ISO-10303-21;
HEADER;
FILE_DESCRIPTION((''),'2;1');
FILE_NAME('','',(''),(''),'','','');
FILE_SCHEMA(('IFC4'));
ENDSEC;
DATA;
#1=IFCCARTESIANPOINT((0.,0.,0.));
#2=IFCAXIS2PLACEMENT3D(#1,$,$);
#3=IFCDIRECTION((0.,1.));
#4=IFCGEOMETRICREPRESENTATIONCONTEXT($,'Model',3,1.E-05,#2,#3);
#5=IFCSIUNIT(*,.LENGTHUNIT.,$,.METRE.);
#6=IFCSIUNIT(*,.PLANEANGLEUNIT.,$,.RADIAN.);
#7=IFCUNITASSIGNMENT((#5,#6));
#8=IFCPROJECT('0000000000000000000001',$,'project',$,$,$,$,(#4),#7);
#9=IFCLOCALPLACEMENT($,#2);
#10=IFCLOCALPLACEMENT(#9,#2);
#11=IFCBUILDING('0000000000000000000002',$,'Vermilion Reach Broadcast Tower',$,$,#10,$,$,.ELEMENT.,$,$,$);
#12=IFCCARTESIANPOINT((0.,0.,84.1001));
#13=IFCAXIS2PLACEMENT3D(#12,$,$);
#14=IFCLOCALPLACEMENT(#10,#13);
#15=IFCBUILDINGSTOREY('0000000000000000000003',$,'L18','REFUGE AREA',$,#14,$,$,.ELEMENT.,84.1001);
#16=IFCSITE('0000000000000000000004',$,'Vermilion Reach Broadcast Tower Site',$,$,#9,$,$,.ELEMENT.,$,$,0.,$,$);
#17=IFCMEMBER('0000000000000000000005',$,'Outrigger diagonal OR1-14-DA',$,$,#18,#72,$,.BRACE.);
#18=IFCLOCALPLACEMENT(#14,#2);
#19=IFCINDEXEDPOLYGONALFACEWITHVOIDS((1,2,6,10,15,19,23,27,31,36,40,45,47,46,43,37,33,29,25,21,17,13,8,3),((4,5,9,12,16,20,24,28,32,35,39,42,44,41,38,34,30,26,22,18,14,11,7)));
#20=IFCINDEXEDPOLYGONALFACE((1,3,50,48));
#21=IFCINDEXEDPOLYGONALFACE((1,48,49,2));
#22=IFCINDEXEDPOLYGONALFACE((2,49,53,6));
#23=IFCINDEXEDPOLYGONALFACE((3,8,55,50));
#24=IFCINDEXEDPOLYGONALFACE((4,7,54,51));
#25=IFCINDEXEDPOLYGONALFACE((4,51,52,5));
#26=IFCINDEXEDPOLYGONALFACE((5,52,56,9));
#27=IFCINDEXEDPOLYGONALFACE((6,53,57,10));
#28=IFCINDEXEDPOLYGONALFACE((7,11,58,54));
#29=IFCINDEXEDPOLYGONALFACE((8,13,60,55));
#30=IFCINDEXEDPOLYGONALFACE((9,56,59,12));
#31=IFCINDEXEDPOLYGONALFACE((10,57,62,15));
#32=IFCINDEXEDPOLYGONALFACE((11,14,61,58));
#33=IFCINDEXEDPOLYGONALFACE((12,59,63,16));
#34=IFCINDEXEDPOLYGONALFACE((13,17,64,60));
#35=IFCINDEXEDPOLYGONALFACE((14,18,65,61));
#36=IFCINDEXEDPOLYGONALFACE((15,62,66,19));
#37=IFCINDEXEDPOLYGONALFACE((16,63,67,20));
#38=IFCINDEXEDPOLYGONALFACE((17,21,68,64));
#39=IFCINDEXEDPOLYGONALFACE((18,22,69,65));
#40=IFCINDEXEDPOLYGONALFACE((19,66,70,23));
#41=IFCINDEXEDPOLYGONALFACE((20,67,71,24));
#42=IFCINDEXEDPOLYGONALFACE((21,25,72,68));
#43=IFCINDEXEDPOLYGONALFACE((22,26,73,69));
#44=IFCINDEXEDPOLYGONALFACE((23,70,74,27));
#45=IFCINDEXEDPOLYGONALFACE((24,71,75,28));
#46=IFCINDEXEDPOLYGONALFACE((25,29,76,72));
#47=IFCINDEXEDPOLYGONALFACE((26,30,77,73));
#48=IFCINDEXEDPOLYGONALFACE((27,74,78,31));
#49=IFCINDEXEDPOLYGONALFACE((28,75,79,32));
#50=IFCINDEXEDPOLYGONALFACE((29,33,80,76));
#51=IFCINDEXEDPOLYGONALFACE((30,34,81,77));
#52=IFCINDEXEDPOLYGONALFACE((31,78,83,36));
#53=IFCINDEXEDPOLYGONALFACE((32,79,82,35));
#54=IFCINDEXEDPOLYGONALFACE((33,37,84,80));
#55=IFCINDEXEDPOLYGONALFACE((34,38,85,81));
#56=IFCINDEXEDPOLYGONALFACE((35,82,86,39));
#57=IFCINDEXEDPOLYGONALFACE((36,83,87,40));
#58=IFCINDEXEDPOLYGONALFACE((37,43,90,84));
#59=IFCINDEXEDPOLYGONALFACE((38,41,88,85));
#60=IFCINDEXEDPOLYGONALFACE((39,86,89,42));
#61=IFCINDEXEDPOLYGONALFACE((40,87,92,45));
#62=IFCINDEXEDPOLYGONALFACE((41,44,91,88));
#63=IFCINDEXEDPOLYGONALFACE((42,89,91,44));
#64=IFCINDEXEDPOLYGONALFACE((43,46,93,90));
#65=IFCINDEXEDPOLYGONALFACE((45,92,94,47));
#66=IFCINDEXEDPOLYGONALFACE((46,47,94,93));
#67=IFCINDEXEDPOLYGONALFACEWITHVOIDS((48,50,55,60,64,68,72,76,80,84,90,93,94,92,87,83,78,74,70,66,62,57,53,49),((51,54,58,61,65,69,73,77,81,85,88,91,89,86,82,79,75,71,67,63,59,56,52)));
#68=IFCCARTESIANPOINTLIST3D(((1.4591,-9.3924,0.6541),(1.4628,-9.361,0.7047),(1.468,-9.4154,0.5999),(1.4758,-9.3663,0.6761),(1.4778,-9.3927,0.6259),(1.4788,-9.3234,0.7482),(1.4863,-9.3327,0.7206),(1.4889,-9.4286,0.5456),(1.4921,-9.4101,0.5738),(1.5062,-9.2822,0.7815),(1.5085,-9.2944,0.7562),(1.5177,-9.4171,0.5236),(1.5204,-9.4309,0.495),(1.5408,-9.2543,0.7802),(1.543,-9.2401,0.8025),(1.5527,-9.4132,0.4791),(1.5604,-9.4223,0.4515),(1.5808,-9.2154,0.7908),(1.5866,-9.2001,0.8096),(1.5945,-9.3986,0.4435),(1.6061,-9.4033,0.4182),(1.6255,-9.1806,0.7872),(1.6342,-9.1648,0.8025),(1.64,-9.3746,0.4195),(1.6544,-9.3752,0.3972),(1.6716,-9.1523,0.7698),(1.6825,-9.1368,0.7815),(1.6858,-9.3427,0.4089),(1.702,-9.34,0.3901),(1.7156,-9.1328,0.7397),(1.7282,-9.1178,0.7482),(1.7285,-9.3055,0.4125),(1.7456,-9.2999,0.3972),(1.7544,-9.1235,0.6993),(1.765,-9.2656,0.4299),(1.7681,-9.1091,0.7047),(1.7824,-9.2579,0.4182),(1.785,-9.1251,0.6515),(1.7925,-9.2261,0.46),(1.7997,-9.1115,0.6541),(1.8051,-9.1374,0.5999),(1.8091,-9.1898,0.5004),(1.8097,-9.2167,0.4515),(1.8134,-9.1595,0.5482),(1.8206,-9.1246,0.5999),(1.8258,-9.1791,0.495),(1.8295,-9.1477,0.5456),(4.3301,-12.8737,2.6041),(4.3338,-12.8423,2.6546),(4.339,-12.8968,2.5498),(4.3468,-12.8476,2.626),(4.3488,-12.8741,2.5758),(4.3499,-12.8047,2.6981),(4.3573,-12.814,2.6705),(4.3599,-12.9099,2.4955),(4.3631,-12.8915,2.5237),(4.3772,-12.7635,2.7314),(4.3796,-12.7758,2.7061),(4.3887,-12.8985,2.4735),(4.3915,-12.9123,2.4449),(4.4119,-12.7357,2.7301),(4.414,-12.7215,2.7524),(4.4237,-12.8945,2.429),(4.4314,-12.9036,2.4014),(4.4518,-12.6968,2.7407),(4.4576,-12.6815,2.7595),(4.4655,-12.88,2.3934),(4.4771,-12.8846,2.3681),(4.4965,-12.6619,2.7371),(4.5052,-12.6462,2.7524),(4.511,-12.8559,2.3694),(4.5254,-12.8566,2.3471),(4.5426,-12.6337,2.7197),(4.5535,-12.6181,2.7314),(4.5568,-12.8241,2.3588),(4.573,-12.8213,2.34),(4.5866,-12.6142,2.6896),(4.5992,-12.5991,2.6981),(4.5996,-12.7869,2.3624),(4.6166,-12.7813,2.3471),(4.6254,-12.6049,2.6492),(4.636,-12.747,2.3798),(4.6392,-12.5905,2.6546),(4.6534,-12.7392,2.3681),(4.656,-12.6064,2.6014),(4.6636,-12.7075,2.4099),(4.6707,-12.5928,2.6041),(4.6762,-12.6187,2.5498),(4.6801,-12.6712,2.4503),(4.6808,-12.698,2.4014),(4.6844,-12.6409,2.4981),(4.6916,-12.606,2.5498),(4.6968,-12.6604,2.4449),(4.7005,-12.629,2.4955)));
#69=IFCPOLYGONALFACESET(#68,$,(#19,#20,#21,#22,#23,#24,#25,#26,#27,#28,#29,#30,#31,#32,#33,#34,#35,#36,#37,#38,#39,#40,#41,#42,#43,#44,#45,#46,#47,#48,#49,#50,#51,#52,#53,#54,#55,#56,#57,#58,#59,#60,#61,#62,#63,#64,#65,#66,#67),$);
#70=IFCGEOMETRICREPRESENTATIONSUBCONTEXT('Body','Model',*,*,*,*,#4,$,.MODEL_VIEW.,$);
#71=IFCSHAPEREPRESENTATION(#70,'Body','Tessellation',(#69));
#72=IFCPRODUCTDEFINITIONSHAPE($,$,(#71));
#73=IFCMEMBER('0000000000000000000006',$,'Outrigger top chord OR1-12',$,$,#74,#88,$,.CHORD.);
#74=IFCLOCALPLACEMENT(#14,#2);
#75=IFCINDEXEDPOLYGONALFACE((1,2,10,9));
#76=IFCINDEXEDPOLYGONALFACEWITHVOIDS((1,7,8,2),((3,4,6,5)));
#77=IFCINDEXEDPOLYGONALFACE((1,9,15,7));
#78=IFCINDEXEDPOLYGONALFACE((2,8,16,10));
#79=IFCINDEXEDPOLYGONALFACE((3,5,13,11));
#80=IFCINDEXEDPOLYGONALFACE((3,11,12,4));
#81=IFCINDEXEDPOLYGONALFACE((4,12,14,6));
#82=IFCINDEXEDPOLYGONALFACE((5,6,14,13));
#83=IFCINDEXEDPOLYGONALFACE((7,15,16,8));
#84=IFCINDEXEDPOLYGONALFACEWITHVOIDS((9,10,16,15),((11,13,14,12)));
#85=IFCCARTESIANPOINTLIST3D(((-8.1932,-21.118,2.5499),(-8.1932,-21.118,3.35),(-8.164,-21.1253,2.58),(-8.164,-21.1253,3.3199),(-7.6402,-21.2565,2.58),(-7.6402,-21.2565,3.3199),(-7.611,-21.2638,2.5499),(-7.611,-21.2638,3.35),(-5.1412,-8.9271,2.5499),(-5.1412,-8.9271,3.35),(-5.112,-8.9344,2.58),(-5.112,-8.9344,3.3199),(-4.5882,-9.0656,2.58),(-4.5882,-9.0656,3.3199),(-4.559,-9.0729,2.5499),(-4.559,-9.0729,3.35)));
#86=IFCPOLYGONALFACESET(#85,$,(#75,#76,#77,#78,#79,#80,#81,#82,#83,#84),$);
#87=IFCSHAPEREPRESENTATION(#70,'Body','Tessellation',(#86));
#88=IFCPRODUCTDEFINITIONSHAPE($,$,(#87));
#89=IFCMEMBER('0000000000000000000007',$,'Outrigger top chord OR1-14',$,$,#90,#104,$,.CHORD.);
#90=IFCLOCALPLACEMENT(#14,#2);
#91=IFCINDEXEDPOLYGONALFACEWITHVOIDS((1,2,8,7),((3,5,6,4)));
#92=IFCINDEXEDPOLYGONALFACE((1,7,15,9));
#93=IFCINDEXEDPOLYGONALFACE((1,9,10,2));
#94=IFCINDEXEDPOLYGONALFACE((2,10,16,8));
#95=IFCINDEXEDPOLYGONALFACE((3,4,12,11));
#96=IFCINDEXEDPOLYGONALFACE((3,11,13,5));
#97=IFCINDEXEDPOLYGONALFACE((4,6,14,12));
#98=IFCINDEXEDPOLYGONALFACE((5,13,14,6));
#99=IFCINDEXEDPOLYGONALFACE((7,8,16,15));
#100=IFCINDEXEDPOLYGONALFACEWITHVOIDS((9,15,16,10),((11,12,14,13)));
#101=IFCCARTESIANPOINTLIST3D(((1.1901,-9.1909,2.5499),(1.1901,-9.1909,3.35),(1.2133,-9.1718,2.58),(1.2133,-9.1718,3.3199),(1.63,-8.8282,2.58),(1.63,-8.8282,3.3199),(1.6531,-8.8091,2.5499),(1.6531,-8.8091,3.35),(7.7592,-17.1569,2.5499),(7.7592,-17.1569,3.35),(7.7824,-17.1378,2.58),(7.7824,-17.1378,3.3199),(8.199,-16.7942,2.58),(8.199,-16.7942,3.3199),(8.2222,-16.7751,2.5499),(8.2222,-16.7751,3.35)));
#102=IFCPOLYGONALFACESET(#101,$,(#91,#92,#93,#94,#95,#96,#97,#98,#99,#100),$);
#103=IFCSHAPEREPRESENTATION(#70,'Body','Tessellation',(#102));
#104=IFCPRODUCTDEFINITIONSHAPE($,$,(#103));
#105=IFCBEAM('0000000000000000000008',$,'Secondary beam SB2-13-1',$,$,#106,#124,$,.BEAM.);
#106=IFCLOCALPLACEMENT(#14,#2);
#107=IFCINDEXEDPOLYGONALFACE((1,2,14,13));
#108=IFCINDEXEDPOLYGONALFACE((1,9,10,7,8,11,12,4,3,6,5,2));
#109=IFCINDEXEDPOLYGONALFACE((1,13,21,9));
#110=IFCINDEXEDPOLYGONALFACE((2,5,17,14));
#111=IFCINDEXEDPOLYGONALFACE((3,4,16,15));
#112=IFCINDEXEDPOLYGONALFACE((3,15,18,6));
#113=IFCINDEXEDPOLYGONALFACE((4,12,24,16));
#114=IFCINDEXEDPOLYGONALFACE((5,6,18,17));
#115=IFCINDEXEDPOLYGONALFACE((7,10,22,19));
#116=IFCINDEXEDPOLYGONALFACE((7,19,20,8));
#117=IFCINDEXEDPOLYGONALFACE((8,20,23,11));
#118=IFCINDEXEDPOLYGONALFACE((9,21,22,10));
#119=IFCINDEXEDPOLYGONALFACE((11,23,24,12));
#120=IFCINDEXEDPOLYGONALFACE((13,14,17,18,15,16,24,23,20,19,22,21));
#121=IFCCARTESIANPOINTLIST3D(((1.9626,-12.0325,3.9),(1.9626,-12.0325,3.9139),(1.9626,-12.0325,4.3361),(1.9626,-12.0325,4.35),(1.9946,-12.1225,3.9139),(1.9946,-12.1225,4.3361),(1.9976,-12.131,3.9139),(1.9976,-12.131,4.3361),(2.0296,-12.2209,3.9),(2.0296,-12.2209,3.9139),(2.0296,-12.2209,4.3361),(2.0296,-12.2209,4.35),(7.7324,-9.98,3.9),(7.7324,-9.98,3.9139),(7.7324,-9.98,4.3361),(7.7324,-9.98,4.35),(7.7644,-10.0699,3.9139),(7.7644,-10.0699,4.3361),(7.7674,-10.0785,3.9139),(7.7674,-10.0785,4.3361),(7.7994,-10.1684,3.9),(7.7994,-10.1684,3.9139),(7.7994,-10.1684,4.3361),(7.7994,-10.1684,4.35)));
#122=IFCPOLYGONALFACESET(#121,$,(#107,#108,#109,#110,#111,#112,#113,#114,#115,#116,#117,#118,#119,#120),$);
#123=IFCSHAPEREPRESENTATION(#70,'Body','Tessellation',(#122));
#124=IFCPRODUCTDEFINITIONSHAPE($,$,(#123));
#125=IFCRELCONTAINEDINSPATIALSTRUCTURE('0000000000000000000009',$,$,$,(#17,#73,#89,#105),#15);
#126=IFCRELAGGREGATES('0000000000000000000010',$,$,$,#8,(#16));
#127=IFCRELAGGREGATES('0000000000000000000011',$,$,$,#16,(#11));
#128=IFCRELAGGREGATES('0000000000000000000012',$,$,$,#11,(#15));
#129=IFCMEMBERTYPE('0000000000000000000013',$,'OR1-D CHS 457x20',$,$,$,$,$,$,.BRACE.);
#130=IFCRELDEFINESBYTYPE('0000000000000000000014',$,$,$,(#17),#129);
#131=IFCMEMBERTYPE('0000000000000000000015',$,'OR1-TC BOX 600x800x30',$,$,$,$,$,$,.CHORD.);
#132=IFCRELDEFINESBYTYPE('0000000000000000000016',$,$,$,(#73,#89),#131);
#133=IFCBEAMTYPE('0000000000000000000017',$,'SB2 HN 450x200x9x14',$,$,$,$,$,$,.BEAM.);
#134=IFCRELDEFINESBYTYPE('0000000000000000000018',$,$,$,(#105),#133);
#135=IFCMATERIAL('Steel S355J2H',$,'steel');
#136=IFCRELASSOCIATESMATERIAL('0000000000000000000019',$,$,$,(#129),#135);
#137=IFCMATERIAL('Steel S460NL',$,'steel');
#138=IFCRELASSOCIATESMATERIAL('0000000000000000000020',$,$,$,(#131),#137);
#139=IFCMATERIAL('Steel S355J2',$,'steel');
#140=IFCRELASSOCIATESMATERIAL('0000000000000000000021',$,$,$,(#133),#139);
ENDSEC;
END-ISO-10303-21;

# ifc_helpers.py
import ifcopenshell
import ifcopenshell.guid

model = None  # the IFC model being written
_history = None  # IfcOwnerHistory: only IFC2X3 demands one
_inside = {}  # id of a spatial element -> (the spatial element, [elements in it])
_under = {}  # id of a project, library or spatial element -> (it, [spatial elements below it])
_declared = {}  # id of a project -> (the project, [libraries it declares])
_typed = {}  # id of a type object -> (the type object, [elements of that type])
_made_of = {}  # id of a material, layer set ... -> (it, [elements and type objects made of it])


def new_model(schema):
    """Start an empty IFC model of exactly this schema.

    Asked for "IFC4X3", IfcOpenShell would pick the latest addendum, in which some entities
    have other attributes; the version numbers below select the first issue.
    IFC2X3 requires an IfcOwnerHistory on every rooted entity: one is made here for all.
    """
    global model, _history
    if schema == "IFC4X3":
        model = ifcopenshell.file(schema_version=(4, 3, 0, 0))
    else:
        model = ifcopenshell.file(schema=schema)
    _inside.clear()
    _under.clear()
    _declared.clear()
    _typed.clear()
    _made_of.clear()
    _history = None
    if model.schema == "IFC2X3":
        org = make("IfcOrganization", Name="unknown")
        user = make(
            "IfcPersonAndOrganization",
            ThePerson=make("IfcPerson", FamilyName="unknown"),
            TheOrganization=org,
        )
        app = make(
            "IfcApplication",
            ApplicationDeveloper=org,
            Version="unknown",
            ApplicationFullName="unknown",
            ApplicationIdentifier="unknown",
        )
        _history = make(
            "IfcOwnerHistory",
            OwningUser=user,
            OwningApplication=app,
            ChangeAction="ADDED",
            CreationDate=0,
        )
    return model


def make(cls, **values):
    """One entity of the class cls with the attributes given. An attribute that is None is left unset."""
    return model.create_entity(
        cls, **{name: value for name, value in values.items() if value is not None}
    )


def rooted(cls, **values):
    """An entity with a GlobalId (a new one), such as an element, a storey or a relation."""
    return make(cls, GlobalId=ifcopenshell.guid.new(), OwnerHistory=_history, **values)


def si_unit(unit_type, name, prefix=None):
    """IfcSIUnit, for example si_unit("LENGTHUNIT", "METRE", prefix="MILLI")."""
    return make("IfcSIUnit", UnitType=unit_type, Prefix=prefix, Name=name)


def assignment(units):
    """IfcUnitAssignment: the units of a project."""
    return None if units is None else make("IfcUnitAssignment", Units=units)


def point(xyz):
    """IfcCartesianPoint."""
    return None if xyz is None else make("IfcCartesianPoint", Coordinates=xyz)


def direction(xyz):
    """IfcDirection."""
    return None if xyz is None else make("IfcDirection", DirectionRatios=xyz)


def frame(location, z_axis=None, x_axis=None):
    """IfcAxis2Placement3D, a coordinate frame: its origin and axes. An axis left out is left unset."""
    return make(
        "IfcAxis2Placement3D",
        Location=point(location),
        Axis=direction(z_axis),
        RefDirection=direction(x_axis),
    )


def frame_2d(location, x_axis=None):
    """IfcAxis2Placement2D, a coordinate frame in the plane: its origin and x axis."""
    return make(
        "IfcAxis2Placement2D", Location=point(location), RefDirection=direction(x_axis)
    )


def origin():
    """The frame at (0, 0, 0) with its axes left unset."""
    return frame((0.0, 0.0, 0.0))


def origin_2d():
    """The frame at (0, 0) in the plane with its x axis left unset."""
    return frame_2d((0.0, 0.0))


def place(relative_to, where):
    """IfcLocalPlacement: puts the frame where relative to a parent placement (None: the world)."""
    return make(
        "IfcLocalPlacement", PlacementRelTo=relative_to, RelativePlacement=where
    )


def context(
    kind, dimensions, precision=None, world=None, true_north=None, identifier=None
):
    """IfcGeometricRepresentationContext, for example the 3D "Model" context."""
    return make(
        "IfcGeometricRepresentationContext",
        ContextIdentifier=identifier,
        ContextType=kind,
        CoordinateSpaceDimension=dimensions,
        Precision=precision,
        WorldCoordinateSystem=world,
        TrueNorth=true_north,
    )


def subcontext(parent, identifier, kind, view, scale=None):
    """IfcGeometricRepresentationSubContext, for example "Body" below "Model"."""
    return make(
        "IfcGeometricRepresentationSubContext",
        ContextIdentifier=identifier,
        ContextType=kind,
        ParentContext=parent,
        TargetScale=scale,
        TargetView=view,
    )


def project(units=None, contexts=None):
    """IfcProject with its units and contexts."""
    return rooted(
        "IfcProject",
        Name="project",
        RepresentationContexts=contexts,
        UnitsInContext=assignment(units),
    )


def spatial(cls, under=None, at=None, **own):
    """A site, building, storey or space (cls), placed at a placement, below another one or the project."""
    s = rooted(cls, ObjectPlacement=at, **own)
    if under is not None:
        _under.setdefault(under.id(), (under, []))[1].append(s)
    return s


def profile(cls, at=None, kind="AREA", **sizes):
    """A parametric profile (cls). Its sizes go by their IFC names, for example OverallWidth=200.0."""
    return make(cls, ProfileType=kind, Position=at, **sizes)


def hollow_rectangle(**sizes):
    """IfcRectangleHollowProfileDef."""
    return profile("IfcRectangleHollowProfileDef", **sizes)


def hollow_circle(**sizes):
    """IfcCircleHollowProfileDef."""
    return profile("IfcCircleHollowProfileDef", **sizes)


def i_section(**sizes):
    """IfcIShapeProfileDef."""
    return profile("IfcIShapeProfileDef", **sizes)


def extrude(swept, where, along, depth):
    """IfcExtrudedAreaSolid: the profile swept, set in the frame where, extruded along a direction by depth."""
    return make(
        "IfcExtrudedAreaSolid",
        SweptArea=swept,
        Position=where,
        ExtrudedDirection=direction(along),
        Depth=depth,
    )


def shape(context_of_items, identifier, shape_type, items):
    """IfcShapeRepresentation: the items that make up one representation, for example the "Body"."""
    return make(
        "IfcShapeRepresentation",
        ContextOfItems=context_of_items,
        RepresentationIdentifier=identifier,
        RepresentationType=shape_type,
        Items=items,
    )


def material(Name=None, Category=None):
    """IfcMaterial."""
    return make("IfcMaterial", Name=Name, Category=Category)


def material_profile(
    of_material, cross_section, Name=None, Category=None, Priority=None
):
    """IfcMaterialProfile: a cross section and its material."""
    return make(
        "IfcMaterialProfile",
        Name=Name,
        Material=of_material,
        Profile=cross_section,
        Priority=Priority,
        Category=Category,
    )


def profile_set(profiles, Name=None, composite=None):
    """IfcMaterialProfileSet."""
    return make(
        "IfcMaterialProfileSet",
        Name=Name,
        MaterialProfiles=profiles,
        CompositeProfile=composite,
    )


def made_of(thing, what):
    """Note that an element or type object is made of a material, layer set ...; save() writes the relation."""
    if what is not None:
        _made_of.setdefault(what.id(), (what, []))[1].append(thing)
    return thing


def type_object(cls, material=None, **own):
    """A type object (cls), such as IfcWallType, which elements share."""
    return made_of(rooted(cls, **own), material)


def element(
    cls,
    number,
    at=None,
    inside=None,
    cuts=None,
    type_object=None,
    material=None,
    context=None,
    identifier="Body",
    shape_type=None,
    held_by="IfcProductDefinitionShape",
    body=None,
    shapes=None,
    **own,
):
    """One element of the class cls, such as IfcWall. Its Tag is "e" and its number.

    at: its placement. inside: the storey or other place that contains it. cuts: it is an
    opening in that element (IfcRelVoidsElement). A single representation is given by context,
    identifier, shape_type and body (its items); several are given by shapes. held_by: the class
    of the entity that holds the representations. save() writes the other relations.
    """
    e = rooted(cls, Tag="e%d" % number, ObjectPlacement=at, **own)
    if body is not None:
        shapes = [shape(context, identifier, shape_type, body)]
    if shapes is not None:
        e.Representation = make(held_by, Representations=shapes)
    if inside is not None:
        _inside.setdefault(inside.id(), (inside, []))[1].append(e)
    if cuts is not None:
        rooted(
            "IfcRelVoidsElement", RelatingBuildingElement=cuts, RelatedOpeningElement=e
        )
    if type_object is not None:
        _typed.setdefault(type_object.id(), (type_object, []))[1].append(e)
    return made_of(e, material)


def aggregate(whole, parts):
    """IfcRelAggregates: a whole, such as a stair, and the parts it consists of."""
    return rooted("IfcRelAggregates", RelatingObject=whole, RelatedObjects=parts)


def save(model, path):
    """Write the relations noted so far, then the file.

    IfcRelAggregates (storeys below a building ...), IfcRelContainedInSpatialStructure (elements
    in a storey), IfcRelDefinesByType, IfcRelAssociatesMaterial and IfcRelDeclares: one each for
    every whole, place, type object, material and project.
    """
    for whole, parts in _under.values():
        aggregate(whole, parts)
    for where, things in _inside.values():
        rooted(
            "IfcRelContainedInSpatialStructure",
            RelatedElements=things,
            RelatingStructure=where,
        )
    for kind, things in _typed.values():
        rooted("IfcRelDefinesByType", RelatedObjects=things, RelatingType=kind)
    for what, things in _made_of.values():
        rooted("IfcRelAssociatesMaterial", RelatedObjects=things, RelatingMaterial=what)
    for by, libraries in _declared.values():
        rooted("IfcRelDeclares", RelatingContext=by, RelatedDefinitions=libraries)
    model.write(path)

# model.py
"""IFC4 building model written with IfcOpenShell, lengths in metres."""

from ifc_helpers import new_model, si_unit, direction, frame, origin, origin_2d, place, context, subcontext, project, spatial, hollow_rectangle, hollow_circle, i_section, extrude, material, material_profile, profile_set, type_object, element, save


model = new_model("IFC4")

# Units and contexts
model_context = context("Model", 3, precision=1e-05, world=origin(), true_north=direction((0.0, 1.0)))
body_context = subcontext(model_context, "Body", "Model", "MODEL_VIEW")
ifc_project = project(units=[si_unit("LENGTHUNIT", "METRE"), si_unit("PLANEANGLEUNIT", "RADIAN")], contexts=[model_context])

# Site, building, storey
site_placement = place(None, origin())
site = spatial("IfcSite", under=ifc_project, at=site_placement, Name="Vermilion Reach Broadcast Tower Site", CompositionType="ELEMENT", RefElevation=0.0)
building_placement = place(site_placement, origin())
building = spatial("IfcBuilding", under=site, at=building_placement, Name="Vermilion Reach Broadcast Tower", CompositionType="ELEMENT")
storey_placement = place(building_placement, frame((0.0, 0.0, 84.1001)))
storey = spatial("IfcBuildingStorey", under=building, at=storey_placement, Name="L18", Description="REFUGE AREA", CompositionType="ELEMENT", Elevation=84.1001)

# Members
ifc_material_1 = material(Name="Steel S355J2H", Category="steel")
ifc_material_profile_1 = material_profile(ifc_material_1, hollow_circle(Radius=0.2285, WallThickness=0.02, at=origin_2d()), Name="S355J2H CHS 457x20")
ifc_profile_set_1 = profile_set([ifc_material_profile_1], Name="Steel S355J2H")
member_type_1 = type_object("IfcMemberType", Name="OR1-D CHS 457x20", PredefinedType="BRACE", material=ifc_profile_set_1)
member_1_placement = place(storey_placement, frame((1.6443, -9.27, 0.5999), z_axis=(0.584044, -0.708203, 0.396663), x_axis=(0.771493, 0.636238, 0.0)))
element("IfcMember", 1, at=member_1_placement, inside=storey, type_object=member_type_1, Name="Outrigger diagonal OR1-14-DA", PredefinedType="BRACE", context=body_context, shape_type="SweptSolid", body=[
    extrude(hollow_circle(Radius=0.2285, WallThickness=0.02, at=origin_2d()), origin(), (0.0, 0.0, 1.0), 4.9158),
])
ifc_material_2 = material(Name="Steel S460NL", Category="steel")
ifc_material_profile_2 = material_profile(ifc_material_2, hollow_rectangle(XDim=0.6001, YDim=0.8, WallThickness=0.03, at=origin_2d()), Name="S460NL BOX 600x800x30")
ifc_profile_set_2 = profile_set([ifc_material_profile_2], Name="Steel S460NL")
member_type_2 = type_object("IfcMemberType", Name="OR1-TC BOX 600x800x30", PredefinedType="CHORD", material=ifc_profile_set_2)
member_2_placement = place(storey_placement, frame((-4.8501, -9.0, 2.95), z_axis=(-0.242856, -0.970062, 0.0), x_axis=(0.970062, -0.242856, 0.0)))
element("IfcMember", 2, at=member_2_placement, inside=storey, type_object=member_type_2, Name="Outrigger top chord OR1-12", PredefinedType="CHORD", context=body_context, shape_type="SweptSolid", body=[
    extrude(hollow_rectangle(XDim=0.6001, YDim=0.8, WallThickness=0.03, at=origin_2d()), origin(), (0.0, 0.0, 1.0), 12.5671),
])
member_3_placement = place(storey_placement, frame((1.4216, -9.0, 2.95), z_axis=(0.636215, -0.771512, 0.0), x_axis=(0.771512, 0.636215, 0.0)))
element("IfcMember", 3, at=member_3_placement, inside=storey, type_object=member_type_2, Name="Outrigger top chord OR1-14", PredefinedType="CHORD", context=body_context, shape_type="SweptSolid", body=[
    extrude(hollow_rectangle(XDim=0.6001, YDim=0.8, WallThickness=0.03, at=origin_2d()), origin(), (0.0, 0.0, 1.0), 10.3252),
])

# Beam
ifc_material_3 = material(Name="Steel S355J2", Category="steel")
ifc_material_profile_3 = material_profile(ifc_material_3, i_section(OverallWidth=0.2, OverallDepth=0.45, WebThickness=0.009, FlangeThickness=0.0139, at=origin_2d()), Name="S355J2 HN 450x200x9x14")
ifc_profile_set_3 = profile_set([ifc_material_profile_3], Name="Steel S355J2")
beam_type_1 = type_object("IfcBeamType", Name="SB2 HN 450x200x9x14", PredefinedType="BEAM", material=ifc_profile_set_3)
beam_1_placement = place(storey_placement, frame((1.9961, -12.1267, 4.125), z_axis=(0.942162, 0.335157, 0.0), x_axis=(-0.335157, 0.942162, 0.0)))
element("IfcBeam", 4, at=beam_1_placement, inside=storey, type_object=beam_type_1, Name="Secondary beam SB2-13-1", PredefinedType="BEAM", context=body_context, shape_type="SweptSolid", body=[
    extrude(i_section(OverallWidth=0.2, OverallDepth=0.45, WebThickness=0.009, FlangeThickness=0.0139, at=origin_2d()), origin(), (0.0, 0.0, 1.0), 6.124),
])

save(model, "model.ifc")
